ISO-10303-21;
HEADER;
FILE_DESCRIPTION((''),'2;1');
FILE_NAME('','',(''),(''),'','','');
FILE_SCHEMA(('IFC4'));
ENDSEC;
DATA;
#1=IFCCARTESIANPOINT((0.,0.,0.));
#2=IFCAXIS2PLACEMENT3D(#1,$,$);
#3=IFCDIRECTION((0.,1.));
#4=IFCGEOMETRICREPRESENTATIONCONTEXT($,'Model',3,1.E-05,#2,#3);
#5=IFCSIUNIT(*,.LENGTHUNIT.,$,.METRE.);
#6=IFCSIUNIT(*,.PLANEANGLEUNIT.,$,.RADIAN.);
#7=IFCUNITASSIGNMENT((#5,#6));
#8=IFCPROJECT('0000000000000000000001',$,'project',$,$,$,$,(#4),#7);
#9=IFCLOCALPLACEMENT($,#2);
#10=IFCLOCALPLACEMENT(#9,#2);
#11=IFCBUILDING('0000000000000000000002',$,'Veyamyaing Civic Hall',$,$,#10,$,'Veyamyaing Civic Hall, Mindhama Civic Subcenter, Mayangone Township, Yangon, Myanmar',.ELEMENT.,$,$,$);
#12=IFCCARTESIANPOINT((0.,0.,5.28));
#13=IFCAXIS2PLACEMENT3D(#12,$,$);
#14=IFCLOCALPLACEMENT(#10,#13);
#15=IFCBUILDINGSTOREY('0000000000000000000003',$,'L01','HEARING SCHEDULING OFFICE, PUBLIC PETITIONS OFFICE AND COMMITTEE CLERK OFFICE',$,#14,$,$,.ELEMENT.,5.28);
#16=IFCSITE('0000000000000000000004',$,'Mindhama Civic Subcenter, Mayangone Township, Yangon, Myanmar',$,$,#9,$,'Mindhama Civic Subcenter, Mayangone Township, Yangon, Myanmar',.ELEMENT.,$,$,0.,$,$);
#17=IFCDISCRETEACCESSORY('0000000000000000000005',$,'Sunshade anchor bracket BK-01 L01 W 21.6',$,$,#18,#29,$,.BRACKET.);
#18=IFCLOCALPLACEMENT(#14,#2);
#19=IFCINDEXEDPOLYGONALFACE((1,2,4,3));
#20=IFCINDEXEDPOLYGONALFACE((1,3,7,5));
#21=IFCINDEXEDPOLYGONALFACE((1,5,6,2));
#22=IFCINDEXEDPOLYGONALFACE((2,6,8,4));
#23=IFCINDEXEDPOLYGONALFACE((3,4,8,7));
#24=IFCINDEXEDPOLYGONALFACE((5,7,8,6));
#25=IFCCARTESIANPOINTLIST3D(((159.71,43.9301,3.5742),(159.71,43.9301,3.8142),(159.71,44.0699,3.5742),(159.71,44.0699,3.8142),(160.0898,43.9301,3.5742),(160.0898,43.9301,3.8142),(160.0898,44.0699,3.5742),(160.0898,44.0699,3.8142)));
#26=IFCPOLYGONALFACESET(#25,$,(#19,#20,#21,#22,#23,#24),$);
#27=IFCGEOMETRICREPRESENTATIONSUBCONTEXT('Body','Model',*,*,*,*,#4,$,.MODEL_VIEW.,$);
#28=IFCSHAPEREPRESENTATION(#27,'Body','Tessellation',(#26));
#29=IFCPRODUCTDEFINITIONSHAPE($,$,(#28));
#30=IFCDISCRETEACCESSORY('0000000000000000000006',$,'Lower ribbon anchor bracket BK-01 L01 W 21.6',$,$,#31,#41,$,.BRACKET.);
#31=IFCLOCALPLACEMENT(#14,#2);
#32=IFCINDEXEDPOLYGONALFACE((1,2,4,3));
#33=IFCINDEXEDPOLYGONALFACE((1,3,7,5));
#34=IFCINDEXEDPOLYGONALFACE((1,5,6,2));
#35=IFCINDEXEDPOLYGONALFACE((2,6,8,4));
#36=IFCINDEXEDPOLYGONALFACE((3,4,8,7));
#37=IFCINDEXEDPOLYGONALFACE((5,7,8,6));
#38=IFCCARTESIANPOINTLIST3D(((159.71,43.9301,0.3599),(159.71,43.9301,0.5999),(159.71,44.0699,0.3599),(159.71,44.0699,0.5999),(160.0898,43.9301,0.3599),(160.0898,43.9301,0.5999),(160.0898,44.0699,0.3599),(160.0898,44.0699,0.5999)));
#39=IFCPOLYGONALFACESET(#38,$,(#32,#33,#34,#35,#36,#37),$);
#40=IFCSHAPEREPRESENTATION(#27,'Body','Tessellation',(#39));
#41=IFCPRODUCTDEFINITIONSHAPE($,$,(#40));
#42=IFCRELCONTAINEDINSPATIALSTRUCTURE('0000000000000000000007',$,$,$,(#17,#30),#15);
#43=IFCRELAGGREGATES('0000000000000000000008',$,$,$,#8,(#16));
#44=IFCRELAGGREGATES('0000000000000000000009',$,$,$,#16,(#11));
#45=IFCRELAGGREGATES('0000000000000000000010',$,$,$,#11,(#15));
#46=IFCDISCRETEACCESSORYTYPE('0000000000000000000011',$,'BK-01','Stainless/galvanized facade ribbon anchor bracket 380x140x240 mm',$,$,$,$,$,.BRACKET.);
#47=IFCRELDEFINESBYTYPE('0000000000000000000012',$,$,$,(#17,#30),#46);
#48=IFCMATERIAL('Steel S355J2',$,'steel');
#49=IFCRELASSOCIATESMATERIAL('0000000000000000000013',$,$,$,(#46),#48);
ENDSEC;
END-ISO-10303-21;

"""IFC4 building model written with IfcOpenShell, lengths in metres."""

from ifc_helpers import new_model, si_unit, direction, frame, origin, origin_2d, place, context, subcontext, project, spatial, rectangle, extrude, material, type_object, element, save


model = new_model("IFC4")

# Units and contexts
model_context = context("Model", 3, precision=1e-05, world=origin(), true_north=direction((0.0, 1.0)))
body_context = subcontext(model_context, "Body", "Model", "MODEL_VIEW")
ifc_project = project(units=[si_unit("LENGTHUNIT", "METRE"), si_unit("PLANEANGLEUNIT", "RADIAN")], contexts=[model_context])

# Site, building, storey
site_placement = place(None, origin())
site = spatial("IfcSite", under=ifc_project, at=site_placement, Name="Mindhama Civic Subcenter, Mayangone Township, Yangon, Myanmar", LongName="Mindhama Civic Subcenter, Mayangone Township, Yangon, Myanmar", CompositionType="ELEMENT", RefElevation=0.0)
building_placement = place(site_placement, origin())
building = spatial("IfcBuilding", under=site, at=building_placement, Name="Veyamyaing Civic Hall", LongName="Veyamyaing Civic Hall, Mindhama Civic Subcenter, Mayangone Township, Yangon, Myanmar", CompositionType="ELEMENT")
storey_placement = place(building_placement, frame((0.0, 0.0, 5.28)))
storey = spatial("IfcBuildingStorey", under=building, at=storey_placement, Name="L01", Description="HEARING SCHEDULING OFFICE, PUBLIC PETITIONS OFFICE AND COMMITTEE CLERK OFFICE", CompositionType="ELEMENT", Elevation=5.28)

# Discrete accessories
ifc_material_1 = material(Name="Steel S355J2", Category="steel")
discrete_accessory_type = type_object("IfcDiscreteAccessoryType", Name="BK-01", Description="Stainless/galvanized facade ribbon anchor bracket 380x140x240 mm", PredefinedType="BRACKET", material=ifc_material_1)
for number, where, z_axis, x_axis, name in (
    (1, (159.8999, 44.0, 3.5742), (0.0, 0.0, 1.0), (-1.0, 0.0, 0.0), "Sunshade anchor bracket BK-01 L01 W 21.6"),
    (2, (159.8999, 44.0, 0.3599), (0.0, 0.0, 1.0), (-1.0, 0.0, 0.0), "Lower ribbon anchor bracket BK-01 L01 W 21.6"),
):
    element("IfcDiscreteAccessory", number, at=place(storey_placement, frame(where, z_axis=z_axis, x_axis=x_axis)), inside=storey, type_object=discrete_accessory_type, Name=name, PredefinedType="BRACKET", context=body_context, shape_type="SweptSolid", body=[
        extrude(rectangle(XDim=0.3799, YDim=0.1399, at=origin_2d()), origin(), (0.0, 0.0, 1.0), 0.24),
    ])

save(model, "model.ifc")
